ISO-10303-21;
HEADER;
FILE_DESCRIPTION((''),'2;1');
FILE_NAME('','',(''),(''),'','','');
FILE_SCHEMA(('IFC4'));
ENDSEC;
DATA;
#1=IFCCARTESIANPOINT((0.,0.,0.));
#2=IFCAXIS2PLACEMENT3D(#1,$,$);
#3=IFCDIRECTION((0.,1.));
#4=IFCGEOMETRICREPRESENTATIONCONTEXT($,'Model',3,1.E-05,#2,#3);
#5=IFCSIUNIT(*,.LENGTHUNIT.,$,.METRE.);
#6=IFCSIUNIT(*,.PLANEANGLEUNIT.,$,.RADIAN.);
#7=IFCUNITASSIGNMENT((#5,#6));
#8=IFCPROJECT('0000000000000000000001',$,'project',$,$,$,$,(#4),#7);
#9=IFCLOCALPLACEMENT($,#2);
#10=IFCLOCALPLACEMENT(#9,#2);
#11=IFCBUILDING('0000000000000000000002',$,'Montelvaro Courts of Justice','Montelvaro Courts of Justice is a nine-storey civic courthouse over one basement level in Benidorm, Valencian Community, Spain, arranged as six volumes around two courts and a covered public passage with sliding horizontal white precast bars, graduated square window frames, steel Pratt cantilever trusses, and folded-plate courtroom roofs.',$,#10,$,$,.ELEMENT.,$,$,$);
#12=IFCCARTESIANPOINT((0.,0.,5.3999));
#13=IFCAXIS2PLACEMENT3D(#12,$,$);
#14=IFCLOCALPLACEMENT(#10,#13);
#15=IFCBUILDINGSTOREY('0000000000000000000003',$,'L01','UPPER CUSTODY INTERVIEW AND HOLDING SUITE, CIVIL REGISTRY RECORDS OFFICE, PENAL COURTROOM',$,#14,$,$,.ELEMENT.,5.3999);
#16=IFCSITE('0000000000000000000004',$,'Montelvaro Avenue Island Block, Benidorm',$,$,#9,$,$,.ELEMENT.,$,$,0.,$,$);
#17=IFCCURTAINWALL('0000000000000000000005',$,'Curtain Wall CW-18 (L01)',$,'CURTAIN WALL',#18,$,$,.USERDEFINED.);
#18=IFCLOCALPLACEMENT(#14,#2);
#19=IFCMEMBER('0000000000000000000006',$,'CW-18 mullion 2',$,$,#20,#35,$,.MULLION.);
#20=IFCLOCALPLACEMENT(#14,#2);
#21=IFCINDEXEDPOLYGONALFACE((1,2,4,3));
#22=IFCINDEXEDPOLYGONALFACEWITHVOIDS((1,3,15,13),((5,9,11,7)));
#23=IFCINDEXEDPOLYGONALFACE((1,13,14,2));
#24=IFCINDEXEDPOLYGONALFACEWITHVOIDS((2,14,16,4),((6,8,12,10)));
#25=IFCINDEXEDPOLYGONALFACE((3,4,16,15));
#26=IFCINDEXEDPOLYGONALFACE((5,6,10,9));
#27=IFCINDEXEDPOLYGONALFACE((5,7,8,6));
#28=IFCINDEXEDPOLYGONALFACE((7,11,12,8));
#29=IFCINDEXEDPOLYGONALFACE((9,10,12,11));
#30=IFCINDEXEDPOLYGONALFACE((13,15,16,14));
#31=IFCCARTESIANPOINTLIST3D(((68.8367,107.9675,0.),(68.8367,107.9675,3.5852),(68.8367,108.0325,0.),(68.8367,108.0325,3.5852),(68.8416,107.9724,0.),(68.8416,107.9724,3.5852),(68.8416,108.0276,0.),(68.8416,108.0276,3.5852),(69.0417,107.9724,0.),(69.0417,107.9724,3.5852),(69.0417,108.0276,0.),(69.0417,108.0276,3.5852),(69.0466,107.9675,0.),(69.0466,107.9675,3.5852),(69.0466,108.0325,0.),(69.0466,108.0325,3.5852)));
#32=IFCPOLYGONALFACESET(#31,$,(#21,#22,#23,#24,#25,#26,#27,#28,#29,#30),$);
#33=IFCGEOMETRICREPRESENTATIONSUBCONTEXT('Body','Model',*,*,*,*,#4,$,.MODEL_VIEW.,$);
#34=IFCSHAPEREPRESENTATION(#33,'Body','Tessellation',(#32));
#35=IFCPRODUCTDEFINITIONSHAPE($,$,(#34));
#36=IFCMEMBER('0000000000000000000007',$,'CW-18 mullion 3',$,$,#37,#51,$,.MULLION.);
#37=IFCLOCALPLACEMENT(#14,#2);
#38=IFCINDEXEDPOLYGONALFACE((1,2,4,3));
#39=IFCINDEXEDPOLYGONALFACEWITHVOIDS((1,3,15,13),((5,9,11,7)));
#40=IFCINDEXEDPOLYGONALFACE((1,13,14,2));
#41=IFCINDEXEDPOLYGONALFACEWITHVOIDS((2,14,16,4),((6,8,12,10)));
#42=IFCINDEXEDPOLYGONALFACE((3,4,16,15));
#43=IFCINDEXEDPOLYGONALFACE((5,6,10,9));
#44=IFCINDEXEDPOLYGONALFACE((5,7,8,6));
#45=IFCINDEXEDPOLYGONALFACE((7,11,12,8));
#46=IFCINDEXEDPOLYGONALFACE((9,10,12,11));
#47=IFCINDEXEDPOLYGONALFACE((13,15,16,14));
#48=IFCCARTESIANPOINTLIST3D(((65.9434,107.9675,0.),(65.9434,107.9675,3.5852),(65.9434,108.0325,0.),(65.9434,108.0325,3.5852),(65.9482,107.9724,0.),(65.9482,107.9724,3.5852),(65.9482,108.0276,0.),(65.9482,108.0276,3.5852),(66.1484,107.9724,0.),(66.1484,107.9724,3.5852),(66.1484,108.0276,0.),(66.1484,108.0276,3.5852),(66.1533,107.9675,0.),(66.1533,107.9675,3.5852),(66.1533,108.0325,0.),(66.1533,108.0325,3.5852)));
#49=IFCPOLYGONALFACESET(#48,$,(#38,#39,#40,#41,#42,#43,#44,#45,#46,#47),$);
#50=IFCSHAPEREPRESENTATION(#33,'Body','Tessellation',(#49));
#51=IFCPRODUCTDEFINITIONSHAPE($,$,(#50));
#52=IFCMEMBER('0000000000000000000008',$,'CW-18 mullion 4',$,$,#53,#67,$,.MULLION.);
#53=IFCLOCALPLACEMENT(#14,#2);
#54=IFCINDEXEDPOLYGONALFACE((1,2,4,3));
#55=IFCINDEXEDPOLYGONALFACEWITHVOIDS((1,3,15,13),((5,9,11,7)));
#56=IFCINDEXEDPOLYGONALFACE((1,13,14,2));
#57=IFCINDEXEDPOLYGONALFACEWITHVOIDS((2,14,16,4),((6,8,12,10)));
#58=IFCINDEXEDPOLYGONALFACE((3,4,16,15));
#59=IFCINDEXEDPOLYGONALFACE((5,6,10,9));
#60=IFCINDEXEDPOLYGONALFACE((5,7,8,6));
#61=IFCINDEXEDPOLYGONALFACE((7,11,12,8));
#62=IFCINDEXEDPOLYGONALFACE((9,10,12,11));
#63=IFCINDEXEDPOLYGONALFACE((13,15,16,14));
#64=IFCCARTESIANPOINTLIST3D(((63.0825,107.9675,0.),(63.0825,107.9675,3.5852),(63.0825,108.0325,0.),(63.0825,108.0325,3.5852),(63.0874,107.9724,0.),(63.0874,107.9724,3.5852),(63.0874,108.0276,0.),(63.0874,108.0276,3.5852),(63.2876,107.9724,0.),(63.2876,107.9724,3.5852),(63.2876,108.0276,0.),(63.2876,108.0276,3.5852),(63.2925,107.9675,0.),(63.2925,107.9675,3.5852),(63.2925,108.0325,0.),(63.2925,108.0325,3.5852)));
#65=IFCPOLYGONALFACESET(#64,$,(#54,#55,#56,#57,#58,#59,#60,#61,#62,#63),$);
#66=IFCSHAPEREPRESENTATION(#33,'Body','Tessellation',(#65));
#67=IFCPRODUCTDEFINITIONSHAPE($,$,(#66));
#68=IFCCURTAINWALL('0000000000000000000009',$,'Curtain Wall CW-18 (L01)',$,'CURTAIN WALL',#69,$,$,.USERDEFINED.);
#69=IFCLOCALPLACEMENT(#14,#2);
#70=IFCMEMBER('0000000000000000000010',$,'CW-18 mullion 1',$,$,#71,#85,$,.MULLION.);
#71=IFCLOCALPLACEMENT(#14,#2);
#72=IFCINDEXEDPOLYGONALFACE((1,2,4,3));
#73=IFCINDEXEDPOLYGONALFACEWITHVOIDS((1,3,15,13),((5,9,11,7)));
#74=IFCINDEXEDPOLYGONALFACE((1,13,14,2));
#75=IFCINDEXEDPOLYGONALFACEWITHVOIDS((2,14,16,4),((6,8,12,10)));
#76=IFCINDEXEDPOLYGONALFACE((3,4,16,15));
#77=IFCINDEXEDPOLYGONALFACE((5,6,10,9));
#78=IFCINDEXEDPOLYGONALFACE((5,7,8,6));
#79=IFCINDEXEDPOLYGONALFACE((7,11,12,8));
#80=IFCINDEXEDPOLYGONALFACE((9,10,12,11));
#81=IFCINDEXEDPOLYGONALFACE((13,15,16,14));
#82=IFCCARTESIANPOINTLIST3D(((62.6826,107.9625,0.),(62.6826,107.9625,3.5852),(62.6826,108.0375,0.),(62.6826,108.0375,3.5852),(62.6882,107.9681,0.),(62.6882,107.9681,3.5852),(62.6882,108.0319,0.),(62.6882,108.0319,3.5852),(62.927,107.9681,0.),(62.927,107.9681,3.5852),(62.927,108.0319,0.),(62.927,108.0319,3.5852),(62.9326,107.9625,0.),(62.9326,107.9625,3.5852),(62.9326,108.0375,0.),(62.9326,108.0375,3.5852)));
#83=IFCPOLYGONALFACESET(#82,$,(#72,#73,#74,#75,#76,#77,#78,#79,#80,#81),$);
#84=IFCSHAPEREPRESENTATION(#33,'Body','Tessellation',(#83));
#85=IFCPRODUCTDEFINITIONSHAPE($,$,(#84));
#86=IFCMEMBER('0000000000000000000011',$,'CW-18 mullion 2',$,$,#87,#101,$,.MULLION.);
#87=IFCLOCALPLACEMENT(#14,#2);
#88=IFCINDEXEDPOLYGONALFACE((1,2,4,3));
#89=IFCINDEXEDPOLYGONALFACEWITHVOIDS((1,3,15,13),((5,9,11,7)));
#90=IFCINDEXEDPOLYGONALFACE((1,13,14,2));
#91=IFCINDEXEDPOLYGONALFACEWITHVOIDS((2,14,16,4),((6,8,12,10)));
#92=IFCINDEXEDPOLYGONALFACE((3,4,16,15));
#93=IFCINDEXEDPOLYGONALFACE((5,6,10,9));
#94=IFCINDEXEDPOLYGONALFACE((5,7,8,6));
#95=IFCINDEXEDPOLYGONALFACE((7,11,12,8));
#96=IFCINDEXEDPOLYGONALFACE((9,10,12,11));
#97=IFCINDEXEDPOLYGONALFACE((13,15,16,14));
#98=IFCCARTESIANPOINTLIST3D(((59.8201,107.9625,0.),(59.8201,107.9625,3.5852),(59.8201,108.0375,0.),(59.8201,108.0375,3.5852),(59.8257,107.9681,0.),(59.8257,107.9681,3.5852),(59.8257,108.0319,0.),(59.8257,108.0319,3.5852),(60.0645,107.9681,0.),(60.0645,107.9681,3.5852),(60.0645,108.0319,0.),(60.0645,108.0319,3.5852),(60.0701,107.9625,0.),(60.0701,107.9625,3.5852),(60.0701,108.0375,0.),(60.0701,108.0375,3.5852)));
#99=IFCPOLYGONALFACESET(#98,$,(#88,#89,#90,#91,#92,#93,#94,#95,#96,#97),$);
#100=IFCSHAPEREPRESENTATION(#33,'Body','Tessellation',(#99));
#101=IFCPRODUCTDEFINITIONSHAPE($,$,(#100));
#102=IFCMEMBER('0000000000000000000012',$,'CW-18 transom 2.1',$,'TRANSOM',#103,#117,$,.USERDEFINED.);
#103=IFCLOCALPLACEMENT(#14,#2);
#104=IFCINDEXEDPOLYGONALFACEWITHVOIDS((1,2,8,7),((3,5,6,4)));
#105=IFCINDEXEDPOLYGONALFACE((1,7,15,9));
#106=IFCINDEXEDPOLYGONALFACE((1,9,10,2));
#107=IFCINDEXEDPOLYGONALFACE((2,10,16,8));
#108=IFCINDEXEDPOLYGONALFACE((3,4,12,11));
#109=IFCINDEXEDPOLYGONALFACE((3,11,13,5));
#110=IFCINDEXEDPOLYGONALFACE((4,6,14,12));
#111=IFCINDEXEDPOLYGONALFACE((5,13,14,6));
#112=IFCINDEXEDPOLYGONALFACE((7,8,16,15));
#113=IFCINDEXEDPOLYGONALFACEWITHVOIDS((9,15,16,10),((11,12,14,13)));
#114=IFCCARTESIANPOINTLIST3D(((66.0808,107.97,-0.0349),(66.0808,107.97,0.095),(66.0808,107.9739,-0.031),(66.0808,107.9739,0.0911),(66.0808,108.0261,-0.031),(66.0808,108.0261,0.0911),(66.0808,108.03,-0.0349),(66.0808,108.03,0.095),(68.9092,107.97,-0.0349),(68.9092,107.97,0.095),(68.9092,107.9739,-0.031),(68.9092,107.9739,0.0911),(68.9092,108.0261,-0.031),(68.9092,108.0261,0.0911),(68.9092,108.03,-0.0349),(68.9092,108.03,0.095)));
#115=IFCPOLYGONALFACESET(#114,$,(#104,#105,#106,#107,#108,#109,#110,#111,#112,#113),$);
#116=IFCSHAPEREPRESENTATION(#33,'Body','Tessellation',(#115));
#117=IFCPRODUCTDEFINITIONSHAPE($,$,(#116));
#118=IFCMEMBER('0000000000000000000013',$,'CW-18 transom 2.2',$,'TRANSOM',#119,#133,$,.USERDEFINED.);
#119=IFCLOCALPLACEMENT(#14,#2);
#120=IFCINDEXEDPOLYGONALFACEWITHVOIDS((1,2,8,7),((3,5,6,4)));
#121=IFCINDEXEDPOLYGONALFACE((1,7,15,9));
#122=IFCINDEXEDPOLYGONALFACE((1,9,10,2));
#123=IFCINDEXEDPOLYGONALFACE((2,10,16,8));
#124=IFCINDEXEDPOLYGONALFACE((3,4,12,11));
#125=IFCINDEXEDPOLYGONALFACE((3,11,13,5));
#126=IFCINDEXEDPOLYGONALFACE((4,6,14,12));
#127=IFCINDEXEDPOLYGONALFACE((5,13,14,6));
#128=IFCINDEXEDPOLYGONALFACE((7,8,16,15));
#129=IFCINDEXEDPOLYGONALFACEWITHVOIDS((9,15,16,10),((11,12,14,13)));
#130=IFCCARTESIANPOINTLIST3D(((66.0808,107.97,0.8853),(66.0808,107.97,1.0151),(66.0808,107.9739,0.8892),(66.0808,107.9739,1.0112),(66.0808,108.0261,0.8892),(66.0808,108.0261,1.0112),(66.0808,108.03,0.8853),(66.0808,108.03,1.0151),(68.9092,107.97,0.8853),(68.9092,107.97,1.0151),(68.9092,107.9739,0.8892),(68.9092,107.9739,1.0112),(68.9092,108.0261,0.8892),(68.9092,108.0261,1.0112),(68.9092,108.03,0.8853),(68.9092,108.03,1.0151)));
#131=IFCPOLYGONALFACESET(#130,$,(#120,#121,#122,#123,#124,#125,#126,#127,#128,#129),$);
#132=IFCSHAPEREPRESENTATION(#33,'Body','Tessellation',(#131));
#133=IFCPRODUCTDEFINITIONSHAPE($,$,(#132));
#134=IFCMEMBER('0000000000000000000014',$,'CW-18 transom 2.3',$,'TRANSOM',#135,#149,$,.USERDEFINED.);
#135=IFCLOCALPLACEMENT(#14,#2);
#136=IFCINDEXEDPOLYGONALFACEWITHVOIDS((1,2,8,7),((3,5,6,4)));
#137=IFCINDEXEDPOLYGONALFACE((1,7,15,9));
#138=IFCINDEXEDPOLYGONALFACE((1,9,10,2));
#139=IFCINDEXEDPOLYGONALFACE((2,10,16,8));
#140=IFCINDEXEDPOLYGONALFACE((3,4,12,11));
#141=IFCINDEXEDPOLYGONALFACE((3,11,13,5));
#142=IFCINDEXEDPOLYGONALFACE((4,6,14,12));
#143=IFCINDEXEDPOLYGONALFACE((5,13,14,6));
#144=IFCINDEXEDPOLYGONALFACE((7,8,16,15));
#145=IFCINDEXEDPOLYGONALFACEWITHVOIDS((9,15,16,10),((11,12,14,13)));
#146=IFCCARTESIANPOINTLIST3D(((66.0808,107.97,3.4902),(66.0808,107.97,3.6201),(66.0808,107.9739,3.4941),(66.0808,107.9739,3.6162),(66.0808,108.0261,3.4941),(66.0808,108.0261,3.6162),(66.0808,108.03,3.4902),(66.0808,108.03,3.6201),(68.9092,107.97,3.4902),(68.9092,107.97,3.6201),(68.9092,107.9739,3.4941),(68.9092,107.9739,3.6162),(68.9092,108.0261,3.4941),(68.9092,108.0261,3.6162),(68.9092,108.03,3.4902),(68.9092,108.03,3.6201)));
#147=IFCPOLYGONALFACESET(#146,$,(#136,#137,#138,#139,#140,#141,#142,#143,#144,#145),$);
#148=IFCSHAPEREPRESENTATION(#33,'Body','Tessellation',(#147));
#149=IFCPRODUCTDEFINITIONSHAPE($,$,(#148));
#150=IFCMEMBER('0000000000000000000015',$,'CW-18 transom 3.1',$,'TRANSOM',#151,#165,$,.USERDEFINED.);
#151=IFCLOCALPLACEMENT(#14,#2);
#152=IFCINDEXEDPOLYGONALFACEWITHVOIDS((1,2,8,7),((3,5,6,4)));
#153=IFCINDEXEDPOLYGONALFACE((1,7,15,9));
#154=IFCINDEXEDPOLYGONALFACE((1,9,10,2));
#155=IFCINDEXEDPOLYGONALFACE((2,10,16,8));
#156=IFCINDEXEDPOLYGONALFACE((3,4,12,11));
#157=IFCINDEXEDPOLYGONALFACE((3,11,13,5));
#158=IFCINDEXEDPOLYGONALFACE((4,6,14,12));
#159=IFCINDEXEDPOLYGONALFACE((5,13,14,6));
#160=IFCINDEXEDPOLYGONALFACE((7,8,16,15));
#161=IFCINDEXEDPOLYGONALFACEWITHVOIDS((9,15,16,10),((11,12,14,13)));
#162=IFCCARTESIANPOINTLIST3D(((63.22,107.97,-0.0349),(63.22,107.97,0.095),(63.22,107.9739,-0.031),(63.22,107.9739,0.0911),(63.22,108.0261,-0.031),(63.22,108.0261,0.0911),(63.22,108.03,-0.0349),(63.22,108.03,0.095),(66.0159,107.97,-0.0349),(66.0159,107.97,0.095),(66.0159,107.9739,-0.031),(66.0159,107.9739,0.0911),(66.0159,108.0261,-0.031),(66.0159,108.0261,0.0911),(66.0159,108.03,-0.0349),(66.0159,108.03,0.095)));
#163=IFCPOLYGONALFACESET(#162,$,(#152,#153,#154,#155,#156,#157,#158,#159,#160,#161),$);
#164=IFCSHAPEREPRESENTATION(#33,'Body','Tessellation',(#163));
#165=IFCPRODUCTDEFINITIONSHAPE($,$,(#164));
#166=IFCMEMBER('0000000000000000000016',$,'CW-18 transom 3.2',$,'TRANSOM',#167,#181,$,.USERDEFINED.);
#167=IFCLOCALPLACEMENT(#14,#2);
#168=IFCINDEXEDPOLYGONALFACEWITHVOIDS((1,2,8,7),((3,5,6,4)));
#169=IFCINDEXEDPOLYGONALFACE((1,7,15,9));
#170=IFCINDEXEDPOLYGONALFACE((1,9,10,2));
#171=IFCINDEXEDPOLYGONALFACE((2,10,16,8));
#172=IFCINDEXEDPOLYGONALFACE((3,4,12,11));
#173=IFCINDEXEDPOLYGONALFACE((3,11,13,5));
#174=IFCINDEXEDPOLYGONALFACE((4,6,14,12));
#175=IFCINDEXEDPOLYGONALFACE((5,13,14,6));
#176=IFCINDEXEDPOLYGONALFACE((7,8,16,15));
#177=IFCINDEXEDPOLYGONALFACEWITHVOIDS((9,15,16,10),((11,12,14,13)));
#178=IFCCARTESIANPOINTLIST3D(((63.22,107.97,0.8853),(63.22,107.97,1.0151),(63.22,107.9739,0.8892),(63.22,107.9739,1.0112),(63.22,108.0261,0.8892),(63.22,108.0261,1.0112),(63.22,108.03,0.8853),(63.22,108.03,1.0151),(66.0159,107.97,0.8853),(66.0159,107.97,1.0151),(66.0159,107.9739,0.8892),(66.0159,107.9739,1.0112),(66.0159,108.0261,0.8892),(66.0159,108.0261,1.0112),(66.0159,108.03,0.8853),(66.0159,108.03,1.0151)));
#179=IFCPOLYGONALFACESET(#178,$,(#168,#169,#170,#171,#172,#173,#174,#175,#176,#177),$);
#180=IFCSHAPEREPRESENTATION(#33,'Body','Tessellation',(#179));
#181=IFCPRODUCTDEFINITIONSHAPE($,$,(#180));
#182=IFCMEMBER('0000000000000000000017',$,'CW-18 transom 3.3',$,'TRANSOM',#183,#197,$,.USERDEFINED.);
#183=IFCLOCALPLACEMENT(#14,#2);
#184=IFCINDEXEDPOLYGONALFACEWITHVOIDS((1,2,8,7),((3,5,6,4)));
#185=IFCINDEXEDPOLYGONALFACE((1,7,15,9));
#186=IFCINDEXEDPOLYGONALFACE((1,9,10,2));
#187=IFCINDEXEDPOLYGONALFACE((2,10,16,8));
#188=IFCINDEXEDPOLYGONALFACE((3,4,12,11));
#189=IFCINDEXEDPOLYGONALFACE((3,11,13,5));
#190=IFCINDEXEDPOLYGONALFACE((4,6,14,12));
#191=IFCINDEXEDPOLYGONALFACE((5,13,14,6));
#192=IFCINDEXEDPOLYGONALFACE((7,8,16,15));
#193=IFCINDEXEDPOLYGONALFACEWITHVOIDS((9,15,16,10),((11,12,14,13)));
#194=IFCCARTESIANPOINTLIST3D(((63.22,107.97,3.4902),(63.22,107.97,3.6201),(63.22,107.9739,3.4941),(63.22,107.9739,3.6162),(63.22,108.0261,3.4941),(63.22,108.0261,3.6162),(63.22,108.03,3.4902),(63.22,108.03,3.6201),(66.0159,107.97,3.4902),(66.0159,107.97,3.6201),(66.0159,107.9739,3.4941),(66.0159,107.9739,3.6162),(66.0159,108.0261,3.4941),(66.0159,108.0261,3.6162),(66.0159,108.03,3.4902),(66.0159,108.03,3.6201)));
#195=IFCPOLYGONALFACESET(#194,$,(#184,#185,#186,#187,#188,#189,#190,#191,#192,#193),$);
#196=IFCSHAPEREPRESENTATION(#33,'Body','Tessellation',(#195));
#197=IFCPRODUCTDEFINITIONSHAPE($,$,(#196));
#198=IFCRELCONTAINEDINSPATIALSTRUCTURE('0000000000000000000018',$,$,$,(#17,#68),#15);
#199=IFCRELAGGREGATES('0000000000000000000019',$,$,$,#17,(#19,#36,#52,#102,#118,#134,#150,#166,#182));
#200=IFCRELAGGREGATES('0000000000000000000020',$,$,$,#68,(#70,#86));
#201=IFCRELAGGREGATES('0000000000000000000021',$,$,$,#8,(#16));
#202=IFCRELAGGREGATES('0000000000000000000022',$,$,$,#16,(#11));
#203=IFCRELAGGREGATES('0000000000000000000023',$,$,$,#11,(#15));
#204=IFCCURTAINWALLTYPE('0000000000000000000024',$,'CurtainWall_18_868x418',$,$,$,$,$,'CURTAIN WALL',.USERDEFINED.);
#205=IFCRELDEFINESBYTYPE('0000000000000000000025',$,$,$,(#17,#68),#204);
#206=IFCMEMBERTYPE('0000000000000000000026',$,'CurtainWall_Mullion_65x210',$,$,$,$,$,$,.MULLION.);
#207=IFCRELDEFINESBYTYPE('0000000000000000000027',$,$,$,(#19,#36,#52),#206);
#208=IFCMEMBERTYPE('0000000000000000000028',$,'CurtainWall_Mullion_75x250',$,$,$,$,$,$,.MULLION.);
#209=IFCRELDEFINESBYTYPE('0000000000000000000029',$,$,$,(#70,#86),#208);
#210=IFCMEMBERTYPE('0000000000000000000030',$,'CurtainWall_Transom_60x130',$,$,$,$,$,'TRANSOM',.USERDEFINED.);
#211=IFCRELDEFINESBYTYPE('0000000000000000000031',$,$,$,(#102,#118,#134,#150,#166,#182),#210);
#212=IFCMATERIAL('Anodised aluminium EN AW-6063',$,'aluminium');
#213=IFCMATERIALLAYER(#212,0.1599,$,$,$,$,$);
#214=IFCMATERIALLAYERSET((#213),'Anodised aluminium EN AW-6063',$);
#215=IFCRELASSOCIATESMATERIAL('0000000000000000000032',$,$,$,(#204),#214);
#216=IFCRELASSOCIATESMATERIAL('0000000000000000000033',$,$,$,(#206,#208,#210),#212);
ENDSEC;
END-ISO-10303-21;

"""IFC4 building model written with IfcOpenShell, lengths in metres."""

from ifc_helpers import new_model, si_unit, direction, frame, origin, origin_2d, place, context, subcontext, project, spatial, hollow_rectangle, extrude, material, layer, layer_set, material_profile, profile_set, type_object, element, aggregate, save


model = new_model("IFC4")

# Units and contexts
model_context = context("Model", 3, precision=1e-05, world=origin(), true_north=direction((0.0, 1.0)))
body_context = subcontext(model_context, "Body", "Model", "MODEL_VIEW")
ifc_project = project(units=[si_unit("LENGTHUNIT", "METRE"), si_unit("PLANEANGLEUNIT", "RADIAN")], contexts=[model_context])

# Site, building, storey
site_placement = place(None, origin())
site = spatial("IfcSite", under=ifc_project, at=site_placement, Name="Montelvaro Avenue Island Block, Benidorm", CompositionType="ELEMENT", RefElevation=0.0)
building_placement = place(site_placement, origin())
building = spatial("IfcBuilding", under=site, at=building_placement, Name="Montelvaro Courts of Justice", Description="Montelvaro Courts of Justice is a nine-storey civic courthouse over one basement level in Benidorm, Valencian Community, Spain, arranged as six volumes around two courts and a covered public passage with sliding horizontal white precast bars, graduated square window frames, steel Pratt cantilever trusses, and folded-plate courtroom roofs.", CompositionType="ELEMENT")
storey_placement = place(building_placement, frame((0.0, 0.0, 5.3999)))
storey = spatial("IfcBuildingStorey", under=building, at=storey_placement, Name="L01", Description="UPPER CUSTODY INTERVIEW AND HOLDING SUITE, CIVIL REGISTRY RECORDS OFFICE, PENAL COURTROOM", CompositionType="ELEMENT", Elevation=5.3999)

# Curtain walls, members
ifc_material_1 = material(Name="Anodised aluminium EN AW-6063", Category="aluminium")
ifc_layer_1 = layer(ifc_material_1, 0.1599)
ifc_layer_set_1 = layer_set([ifc_layer_1], Name="Anodised aluminium EN AW-6063")
curtain_wall_type = type_object("IfcCurtainWallType", Name="CurtainWall_18_868x418", ElementType="CURTAIN WALL", PredefinedType="USERDEFINED", material=ifc_layer_set_1)
curtain_wall_1_placement = place(storey_placement, origin())
curtain_wall_1 = element("IfcCurtainWall", 1, at=curtain_wall_1_placement, inside=storey, type_object=curtain_wall_type, Name="Curtain Wall CW-18 (L01)", ObjectType="CURTAIN WALL", PredefinedType="USERDEFINED")
ifc_material_profile_1 = material_profile(ifc_material_1, hollow_rectangle(XDim=0.0649, YDim=0.21, WallThickness=0.0049, at=origin_2d()), Name="ALU-M 65x210")
ifc_profile_set_1 = profile_set([ifc_material_profile_1], Name="Anodised aluminium EN AW-6063")
member_type_1 = type_object("IfcMemberType", Name="CurtainWall_Mullion_65x210", PredefinedType="MULLION", material=ifc_profile_set_1)
member_1_placement = place(storey_placement, frame((68.9417, 108.0, 0.0), z_axis=(0.0, 0.0, 1.0), x_axis=(0.0, -1.0, 0.0)))
member_1 = element("IfcMember", 2, at=member_1_placement, type_object=member_type_1, Name="CW-18 mullion 2", PredefinedType="MULLION", context=body_context, shape_type="SweptSolid", body=[
    extrude(hollow_rectangle(XDim=0.0649, YDim=0.21, WallThickness=0.0049, at=origin_2d()), origin(), (0.0, 0.0, 1.0), 3.5852),
])
member_2_placement = place(storey_placement, frame((66.0483, 108.0, 0.0), z_axis=(0.0, 0.0, 1.0), x_axis=(0.0, -1.0, 0.0)))
member_2 = element("IfcMember", 3, at=member_2_placement, type_object=member_type_1, Name="CW-18 mullion 3", PredefinedType="MULLION", context=body_context, shape_type="SweptSolid", body=[
    extrude(hollow_rectangle(XDim=0.0649, YDim=0.21, WallThickness=0.0049, at=origin_2d()), origin(), (0.0, 0.0, 1.0), 3.5852),
])
member_3_placement = place(storey_placement, frame((63.1875, 108.0, 0.0), z_axis=(0.0, 0.0, 1.0), x_axis=(0.0, -1.0, 0.0)))
member_3 = element("IfcMember", 4, at=member_3_placement, type_object=member_type_1, Name="CW-18 mullion 4", PredefinedType="MULLION", context=body_context, shape_type="SweptSolid", body=[
    extrude(hollow_rectangle(XDim=0.0649, YDim=0.21, WallThickness=0.0049, at=origin_2d()), origin(), (0.0, 0.0, 1.0), 3.5852),
])
curtain_wall_2_placement = place(storey_placement, origin())
curtain_wall_2 = element("IfcCurtainWall", 5, at=curtain_wall_2_placement, inside=storey, type_object=curtain_wall_type, Name="Curtain Wall CW-18 (L01)", ObjectType="CURTAIN WALL", PredefinedType="USERDEFINED")
ifc_material_profile_2 = material_profile(ifc_material_1, hollow_rectangle(XDim=0.075, YDim=0.25, WallThickness=0.0056, at=origin_2d()), Name="ALU-M 75x250")
ifc_profile_set_2 = profile_set([ifc_material_profile_2], Name="Anodised aluminium EN AW-6063")
member_type_2 = type_object("IfcMemberType", Name="CurtainWall_Mullion_75x250", PredefinedType="MULLION", material=ifc_profile_set_2)
member_4_placement = place(storey_placement, frame((62.8076, 108.0, 0.0), z_axis=(0.0, 0.0, 1.0), x_axis=(0.0, -1.0, 0.0)))
member_4 = element("IfcMember", 6, at=member_4_placement, type_object=member_type_2, Name="CW-18 mullion 1", PredefinedType="MULLION", context=body_context, shape_type="SweptSolid", body=[
    extrude(hollow_rectangle(XDim=0.075, YDim=0.25, WallThickness=0.0056, at=origin_2d()), origin(), (0.0, 0.0, 1.0), 3.5852),
])
member_5_placement = place(storey_placement, frame((59.9451, 108.0, 0.0), z_axis=(0.0, 0.0, 1.0), x_axis=(0.0, -1.0, 0.0)))
member_5 = element("IfcMember", 7, at=member_5_placement, type_object=member_type_2, Name="CW-18 mullion 2", PredefinedType="MULLION", context=body_context, shape_type="SweptSolid", body=[
    extrude(hollow_rectangle(XDim=0.075, YDim=0.25, WallThickness=0.0056, at=origin_2d()), origin(), (0.0, 0.0, 1.0), 3.5852),
])

# Members
ifc_material_profile_3 = material_profile(ifc_material_1, hollow_rectangle(XDim=0.0601, YDim=0.1299, WallThickness=0.0039, at=origin_2d()), Name="ALU-T 60x130")
ifc_profile_set_3 = profile_set([ifc_material_profile_3], Name="Anodised aluminium EN AW-6063")
member_type_3 = type_object("IfcMemberType", Name="CurtainWall_Transom_60x130", ElementType="TRANSOM", PredefinedType="USERDEFINED", material=ifc_profile_set_3)
member_6_placement = place(storey_placement, frame((68.9092, 108.0, 0.03), z_axis=(-1.0, 0.0, 0.0), x_axis=(0.0, -1.0, 0.0)))
member_6 = element("IfcMember", 8, at=member_6_placement, type_object=member_type_3, Name="CW-18 transom 2.1", ObjectType="TRANSOM", PredefinedType="USERDEFINED", context=body_context, shape_type="SweptSolid", body=[
    extrude(hollow_rectangle(XDim=0.0601, YDim=0.1299, WallThickness=0.0039, at=origin_2d()), origin(), (0.0, 0.0, 1.0), 2.8284),
])
member_7_placement = place(storey_placement, frame((68.9092, 108.0, 0.9502), z_axis=(-1.0, 0.0, 0.0), x_axis=(0.0, -1.0, 0.0)))
member_7 = element("IfcMember", 9, at=member_7_placement, type_object=member_type_3, Name="CW-18 transom 2.2", ObjectType="TRANSOM", PredefinedType="USERDEFINED", context=body_context, shape_type="SweptSolid", body=[
    extrude(hollow_rectangle(XDim=0.0601, YDim=0.1299, WallThickness=0.0039, at=origin_2d()), origin(), (0.0, 0.0, 1.0), 2.8284),
])
member_8_placement = place(storey_placement, frame((68.9092, 108.0, 3.5552), z_axis=(-1.0, 0.0, 0.0), x_axis=(0.0, -1.0, 0.0)))
member_8 = element("IfcMember", 10, at=member_8_placement, type_object=member_type_3, Name="CW-18 transom 2.3", ObjectType="TRANSOM", PredefinedType="USERDEFINED", context=body_context, shape_type="SweptSolid", body=[
    extrude(hollow_rectangle(XDim=0.0601, YDim=0.1299, WallThickness=0.0039, at=origin_2d()), origin(), (0.0, 0.0, 1.0), 2.8284),
])
member_9_placement = place(storey_placement, frame((66.0159, 108.0, 0.03), z_axis=(-1.0, 0.0, 0.0), x_axis=(0.0, -1.0, 0.0)))
member_9 = element("IfcMember", 11, at=member_9_placement, type_object=member_type_3, Name="CW-18 transom 3.1", ObjectType="TRANSOM", PredefinedType="USERDEFINED", context=body_context, shape_type="SweptSolid", body=[
    extrude(hollow_rectangle(XDim=0.0601, YDim=0.1299, WallThickness=0.0039, at=origin_2d()), origin(), (0.0, 0.0, 1.0), 2.7959),
])
member_10_placement = place(storey_placement, frame((66.0159, 108.0, 0.9502), z_axis=(-1.0, 0.0, 0.0), x_axis=(0.0, -1.0, 0.0)))
member_10 = element("IfcMember", 12, at=member_10_placement, type_object=member_type_3, Name="CW-18 transom 3.2", ObjectType="TRANSOM", PredefinedType="USERDEFINED", context=body_context, shape_type="SweptSolid", body=[
    extrude(hollow_rectangle(XDim=0.0601, YDim=0.1299, WallThickness=0.0039, at=origin_2d()), origin(), (0.0, 0.0, 1.0), 2.7959),
])
member_11_placement = place(storey_placement, frame((66.0159, 108.0, 3.5552), z_axis=(-1.0, 0.0, 0.0), x_axis=(0.0, -1.0, 0.0)))
member_11 = element("IfcMember", 13, at=member_11_placement, type_object=member_type_3, Name="CW-18 transom 3.3", ObjectType="TRANSOM", PredefinedType="USERDEFINED", context=body_context, shape_type="SweptSolid", body=[
    extrude(hollow_rectangle(XDim=0.0601, YDim=0.1299, WallThickness=0.0039, at=origin_2d()), origin(), (0.0, 0.0, 1.0), 2.7959),
])

aggregate(curtain_wall_1, [member_1, member_2, member_3, member_6, member_7, member_8, member_9, member_10, member_11])
aggregate(curtain_wall_2, [member_4, member_5])

save(model, "model.ifc")
